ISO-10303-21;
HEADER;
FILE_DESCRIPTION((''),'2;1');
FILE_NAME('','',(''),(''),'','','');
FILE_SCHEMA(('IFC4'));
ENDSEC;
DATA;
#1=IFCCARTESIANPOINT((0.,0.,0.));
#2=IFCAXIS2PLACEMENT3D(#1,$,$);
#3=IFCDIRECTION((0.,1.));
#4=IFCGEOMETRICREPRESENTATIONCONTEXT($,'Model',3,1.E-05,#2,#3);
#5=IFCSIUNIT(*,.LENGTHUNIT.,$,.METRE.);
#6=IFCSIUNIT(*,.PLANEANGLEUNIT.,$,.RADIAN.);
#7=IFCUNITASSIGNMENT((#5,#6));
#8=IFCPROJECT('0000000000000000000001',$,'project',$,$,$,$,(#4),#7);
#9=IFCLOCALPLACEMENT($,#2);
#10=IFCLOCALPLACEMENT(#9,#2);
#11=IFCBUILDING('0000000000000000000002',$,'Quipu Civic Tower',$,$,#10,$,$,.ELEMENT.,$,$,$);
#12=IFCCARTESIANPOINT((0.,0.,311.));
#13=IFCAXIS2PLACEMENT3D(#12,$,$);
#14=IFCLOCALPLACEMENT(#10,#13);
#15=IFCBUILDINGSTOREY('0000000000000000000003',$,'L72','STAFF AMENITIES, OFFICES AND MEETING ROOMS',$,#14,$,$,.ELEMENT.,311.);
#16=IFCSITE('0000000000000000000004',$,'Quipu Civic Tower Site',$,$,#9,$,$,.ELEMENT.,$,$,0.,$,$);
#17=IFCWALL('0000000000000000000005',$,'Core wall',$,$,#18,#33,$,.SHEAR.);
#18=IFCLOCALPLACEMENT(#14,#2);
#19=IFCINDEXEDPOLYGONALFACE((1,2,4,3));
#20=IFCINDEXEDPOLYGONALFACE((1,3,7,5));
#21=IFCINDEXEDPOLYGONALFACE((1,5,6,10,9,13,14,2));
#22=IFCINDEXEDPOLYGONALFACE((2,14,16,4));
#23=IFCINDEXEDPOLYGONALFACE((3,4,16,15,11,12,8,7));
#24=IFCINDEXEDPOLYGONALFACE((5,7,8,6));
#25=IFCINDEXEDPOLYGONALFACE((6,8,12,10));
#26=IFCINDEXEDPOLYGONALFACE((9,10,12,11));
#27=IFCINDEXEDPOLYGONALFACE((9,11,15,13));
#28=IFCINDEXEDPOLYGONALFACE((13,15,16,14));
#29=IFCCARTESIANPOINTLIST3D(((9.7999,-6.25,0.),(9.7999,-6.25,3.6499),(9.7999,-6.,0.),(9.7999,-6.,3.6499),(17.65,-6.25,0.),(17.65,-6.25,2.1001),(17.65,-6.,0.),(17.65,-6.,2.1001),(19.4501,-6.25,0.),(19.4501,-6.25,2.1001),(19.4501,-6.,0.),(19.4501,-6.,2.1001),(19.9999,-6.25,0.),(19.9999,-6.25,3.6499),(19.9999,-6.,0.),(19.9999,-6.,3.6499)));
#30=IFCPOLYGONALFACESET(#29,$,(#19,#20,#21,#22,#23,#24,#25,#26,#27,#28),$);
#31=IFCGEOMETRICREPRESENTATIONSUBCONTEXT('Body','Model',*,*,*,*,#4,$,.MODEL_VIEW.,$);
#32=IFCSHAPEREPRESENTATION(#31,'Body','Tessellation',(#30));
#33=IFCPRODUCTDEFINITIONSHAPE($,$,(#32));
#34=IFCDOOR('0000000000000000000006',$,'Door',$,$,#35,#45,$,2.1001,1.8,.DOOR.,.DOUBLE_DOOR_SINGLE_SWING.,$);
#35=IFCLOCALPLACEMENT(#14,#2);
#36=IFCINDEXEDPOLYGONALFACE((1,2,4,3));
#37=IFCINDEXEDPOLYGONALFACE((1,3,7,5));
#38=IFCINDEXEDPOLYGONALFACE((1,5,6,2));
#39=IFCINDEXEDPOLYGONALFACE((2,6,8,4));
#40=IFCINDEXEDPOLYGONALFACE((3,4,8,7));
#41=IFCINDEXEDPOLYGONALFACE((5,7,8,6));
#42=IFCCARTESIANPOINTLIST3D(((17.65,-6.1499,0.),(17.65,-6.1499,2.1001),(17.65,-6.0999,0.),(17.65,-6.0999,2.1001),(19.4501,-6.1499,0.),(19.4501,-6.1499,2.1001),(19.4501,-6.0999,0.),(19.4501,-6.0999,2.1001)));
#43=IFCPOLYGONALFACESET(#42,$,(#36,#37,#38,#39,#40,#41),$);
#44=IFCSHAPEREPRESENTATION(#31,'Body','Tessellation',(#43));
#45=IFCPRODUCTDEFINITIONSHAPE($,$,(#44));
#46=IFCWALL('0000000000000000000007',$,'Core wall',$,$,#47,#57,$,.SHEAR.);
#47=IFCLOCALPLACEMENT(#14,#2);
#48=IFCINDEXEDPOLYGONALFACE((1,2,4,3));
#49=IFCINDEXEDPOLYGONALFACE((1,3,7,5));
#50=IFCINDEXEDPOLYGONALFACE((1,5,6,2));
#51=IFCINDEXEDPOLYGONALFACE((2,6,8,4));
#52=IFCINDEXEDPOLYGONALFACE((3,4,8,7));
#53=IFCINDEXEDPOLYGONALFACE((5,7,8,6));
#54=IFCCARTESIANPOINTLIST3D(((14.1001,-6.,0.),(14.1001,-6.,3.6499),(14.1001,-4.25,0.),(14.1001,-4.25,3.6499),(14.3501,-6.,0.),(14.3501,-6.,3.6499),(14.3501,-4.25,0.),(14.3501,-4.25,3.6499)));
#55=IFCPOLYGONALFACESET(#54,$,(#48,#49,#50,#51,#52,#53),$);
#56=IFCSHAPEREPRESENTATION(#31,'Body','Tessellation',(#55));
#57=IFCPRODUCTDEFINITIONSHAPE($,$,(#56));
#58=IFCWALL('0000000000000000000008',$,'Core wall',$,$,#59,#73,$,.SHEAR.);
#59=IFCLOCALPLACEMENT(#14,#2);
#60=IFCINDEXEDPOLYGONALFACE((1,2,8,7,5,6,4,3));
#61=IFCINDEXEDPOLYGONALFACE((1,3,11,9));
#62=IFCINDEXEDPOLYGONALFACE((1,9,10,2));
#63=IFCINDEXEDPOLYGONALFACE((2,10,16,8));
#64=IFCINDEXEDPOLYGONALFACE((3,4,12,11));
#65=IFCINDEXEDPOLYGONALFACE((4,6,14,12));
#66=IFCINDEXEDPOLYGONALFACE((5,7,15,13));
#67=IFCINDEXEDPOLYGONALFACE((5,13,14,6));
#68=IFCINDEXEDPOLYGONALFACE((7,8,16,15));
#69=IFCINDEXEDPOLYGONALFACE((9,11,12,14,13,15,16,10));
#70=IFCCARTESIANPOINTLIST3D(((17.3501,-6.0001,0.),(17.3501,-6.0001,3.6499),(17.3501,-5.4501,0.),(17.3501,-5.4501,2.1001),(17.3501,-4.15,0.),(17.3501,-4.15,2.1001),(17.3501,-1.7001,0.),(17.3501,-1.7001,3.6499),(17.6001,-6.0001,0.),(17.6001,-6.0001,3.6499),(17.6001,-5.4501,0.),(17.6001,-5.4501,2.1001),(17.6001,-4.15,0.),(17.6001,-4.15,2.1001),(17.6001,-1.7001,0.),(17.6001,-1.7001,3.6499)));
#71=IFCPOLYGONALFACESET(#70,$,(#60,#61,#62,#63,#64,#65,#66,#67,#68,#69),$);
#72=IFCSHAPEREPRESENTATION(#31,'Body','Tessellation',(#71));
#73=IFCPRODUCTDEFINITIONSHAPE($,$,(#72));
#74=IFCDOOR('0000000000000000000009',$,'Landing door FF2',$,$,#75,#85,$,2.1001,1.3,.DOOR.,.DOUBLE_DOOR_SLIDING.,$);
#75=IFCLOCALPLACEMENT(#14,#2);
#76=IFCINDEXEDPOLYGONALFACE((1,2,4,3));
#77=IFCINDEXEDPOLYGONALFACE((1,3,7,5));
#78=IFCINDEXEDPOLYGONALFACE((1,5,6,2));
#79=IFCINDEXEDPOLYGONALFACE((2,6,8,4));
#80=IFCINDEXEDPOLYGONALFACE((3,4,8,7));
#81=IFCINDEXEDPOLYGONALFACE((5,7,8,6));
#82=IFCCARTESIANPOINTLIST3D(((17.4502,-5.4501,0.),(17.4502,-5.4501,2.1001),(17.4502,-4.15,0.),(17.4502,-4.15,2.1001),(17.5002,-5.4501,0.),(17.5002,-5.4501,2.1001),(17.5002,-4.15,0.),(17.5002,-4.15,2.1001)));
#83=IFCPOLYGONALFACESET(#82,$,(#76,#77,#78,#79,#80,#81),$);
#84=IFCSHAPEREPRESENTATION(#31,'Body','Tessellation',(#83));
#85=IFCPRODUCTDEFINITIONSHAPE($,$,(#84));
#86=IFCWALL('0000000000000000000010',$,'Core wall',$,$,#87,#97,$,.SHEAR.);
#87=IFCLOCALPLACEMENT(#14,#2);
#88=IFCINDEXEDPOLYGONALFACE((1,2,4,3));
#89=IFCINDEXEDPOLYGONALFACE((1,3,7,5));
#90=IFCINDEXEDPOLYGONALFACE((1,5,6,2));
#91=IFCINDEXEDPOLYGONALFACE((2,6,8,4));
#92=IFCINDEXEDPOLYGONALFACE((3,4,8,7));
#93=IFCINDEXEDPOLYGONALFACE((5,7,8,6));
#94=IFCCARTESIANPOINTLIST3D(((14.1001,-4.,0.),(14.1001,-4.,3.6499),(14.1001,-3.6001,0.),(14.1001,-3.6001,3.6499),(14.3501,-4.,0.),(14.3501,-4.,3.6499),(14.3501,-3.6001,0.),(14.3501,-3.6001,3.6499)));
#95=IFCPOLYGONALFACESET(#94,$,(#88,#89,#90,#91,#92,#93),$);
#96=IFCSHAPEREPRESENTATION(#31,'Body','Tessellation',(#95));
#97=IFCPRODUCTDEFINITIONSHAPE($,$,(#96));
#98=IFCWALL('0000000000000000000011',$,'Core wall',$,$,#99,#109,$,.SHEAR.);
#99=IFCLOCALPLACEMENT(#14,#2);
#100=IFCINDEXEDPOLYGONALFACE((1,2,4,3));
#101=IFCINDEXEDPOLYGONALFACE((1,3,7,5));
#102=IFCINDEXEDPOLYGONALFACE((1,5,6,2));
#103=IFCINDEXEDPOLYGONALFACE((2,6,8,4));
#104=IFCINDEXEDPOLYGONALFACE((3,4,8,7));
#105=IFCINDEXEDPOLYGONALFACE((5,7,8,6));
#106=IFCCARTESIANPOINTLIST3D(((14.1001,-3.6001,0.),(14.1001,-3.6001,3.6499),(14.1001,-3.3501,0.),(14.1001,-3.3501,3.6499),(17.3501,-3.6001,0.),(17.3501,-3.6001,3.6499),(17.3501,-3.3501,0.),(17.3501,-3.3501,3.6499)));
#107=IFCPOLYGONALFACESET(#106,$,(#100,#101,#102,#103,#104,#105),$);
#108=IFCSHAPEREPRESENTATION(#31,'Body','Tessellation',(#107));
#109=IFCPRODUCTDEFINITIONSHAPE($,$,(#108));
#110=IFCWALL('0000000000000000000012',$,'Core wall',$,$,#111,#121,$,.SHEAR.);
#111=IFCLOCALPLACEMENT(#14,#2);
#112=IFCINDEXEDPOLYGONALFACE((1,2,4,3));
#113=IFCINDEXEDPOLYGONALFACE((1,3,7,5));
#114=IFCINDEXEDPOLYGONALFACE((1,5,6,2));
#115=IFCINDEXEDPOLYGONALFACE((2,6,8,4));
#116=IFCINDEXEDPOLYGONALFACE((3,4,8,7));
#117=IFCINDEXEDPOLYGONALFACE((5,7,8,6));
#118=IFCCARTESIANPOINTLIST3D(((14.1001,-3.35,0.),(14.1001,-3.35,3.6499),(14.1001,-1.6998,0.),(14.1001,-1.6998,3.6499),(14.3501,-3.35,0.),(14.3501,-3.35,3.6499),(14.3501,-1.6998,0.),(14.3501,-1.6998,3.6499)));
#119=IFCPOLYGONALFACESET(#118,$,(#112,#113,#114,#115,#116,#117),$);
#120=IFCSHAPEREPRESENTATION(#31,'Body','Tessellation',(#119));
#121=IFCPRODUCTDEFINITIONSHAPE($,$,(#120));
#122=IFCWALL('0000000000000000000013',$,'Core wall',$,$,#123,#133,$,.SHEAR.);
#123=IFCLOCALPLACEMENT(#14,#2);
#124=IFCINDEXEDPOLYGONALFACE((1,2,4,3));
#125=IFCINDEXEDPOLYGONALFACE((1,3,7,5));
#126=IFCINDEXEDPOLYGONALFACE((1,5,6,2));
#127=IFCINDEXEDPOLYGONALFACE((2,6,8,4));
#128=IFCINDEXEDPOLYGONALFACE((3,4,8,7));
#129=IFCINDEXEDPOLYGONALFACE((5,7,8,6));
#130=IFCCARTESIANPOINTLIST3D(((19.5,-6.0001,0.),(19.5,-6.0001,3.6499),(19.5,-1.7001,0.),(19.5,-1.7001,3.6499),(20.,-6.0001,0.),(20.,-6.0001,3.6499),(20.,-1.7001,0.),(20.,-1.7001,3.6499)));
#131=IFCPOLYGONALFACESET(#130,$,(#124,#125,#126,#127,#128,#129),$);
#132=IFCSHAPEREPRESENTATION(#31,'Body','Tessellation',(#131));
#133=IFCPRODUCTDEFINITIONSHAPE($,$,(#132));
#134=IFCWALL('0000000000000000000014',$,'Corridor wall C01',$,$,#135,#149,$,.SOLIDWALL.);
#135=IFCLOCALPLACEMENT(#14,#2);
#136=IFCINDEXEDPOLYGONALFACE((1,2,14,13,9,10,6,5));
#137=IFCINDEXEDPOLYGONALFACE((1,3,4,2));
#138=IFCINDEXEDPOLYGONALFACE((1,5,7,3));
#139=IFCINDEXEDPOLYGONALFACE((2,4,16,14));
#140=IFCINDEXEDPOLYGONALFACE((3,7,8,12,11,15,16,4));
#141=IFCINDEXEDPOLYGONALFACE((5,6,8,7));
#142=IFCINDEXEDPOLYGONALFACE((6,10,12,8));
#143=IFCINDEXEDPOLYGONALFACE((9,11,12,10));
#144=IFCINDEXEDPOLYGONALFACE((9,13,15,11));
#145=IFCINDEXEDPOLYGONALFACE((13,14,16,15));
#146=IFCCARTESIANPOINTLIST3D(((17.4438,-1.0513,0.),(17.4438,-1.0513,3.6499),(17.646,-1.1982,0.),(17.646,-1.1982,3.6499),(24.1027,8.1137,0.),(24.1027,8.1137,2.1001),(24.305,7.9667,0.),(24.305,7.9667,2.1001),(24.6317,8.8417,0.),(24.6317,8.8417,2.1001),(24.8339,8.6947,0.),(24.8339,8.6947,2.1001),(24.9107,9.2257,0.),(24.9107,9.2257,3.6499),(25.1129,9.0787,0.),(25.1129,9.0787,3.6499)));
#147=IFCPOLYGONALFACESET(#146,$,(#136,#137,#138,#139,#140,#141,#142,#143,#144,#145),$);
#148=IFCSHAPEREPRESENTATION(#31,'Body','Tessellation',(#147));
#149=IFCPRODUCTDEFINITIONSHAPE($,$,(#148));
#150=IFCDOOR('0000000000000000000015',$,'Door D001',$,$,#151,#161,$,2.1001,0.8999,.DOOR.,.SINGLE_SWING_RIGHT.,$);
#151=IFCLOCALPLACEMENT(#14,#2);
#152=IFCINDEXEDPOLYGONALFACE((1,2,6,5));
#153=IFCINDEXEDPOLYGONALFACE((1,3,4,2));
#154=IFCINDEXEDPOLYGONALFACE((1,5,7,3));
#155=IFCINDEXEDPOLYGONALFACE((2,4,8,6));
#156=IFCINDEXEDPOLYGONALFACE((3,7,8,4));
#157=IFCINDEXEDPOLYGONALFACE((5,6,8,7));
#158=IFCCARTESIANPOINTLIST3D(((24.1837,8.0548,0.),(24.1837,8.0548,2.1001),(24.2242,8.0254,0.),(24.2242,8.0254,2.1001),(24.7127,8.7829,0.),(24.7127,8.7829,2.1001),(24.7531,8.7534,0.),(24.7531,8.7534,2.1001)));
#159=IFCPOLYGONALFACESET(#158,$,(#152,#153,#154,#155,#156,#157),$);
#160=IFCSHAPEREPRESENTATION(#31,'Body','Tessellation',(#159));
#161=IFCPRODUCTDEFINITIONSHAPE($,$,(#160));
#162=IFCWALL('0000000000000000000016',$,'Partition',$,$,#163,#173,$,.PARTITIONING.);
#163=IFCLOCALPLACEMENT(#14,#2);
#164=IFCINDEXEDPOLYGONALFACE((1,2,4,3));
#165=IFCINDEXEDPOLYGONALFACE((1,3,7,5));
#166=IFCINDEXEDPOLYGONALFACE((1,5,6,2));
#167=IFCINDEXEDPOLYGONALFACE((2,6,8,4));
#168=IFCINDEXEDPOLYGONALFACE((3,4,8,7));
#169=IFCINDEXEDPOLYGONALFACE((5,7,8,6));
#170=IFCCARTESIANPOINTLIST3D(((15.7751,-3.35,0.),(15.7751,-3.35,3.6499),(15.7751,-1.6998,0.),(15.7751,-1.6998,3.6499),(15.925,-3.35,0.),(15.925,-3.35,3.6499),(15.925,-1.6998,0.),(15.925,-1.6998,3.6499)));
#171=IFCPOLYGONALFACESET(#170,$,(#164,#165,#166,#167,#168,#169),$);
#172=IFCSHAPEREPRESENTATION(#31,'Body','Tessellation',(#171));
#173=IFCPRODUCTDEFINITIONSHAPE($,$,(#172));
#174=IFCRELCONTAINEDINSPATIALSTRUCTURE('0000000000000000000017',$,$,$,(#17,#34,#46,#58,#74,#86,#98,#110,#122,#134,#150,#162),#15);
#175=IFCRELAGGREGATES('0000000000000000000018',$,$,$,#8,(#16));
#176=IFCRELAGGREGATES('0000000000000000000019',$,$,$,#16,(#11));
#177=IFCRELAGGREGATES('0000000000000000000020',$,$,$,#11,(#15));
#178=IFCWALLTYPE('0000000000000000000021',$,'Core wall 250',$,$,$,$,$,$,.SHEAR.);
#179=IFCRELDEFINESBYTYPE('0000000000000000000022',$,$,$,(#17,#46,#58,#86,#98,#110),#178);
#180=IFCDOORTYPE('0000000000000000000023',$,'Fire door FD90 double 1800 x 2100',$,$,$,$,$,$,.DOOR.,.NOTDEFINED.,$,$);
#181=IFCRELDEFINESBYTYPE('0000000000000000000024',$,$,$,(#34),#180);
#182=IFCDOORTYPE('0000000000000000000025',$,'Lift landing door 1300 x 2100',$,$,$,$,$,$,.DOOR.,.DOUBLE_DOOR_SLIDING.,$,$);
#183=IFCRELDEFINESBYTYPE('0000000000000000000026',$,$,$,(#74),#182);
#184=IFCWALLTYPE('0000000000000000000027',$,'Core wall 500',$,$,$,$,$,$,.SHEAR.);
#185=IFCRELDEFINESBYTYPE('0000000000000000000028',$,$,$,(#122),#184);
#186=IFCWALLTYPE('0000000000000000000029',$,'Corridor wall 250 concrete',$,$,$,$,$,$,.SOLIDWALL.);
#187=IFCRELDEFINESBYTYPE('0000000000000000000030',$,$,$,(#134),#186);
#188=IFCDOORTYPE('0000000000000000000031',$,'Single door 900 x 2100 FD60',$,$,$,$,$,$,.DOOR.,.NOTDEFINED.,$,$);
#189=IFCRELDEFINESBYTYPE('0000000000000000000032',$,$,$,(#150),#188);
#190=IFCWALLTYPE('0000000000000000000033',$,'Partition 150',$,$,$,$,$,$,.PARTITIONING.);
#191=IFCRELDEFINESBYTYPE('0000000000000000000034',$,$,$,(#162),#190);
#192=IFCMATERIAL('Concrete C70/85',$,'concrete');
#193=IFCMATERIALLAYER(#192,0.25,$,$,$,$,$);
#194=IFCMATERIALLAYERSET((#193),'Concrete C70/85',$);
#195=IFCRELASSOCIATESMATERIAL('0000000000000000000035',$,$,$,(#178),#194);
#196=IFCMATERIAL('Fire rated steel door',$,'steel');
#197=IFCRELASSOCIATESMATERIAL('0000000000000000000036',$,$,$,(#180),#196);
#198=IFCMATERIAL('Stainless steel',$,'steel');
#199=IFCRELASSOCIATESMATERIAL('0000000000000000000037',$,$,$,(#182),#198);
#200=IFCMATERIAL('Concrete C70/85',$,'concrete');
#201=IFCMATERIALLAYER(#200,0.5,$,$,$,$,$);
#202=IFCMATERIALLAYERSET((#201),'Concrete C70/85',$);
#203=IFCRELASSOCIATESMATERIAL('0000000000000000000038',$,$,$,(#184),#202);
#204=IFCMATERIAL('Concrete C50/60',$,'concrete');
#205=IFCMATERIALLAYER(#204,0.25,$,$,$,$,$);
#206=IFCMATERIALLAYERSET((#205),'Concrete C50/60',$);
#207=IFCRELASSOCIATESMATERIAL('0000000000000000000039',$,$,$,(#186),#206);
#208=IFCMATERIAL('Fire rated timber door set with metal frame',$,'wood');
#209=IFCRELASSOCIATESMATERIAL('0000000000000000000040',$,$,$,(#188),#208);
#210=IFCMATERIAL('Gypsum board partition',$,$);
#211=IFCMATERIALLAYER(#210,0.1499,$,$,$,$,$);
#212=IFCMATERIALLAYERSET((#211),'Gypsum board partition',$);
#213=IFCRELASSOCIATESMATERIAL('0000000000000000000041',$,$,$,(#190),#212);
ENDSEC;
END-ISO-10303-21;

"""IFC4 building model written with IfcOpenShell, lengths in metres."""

from ifc_helpers import new_model, si_unit, direction, frame, frame_2d, origin, place, context, subcontext, project, spatial, rectangle, extrude, material, layer, layer_set, type_object, element, fill, save


model = new_model("IFC4")

# Units and contexts
model_context = context("Model", 3, precision=1e-05, world=origin(), true_north=direction((0.0, 1.0)))
body_context = subcontext(model_context, "Body", "Model", "MODEL_VIEW")
ifc_project = project(units=[si_unit("LENGTHUNIT", "METRE"), si_unit("PLANEANGLEUNIT", "RADIAN")], contexts=[model_context])

# Site, building, storey
site_placement = place(None, origin())
site = spatial("IfcSite", under=ifc_project, at=site_placement, Name="Quipu Civic Tower Site", CompositionType="ELEMENT", RefElevation=0.0)
building_placement = place(site_placement, origin())
building = spatial("IfcBuilding", under=site, at=building_placement, Name="Quipu Civic Tower", CompositionType="ELEMENT")
storey_placement = place(building_placement, frame((0.0, 0.0, 311.0)))
storey = spatial("IfcBuildingStorey", under=building, at=storey_placement, Name="L72", Description="STAFF AMENITIES, OFFICES AND MEETING ROOMS", CompositionType="ELEMENT", Elevation=311.0)

# Wall, opening, door
ifc_material_1 = material(Name="Concrete C70/85", Category="concrete")
ifc_layer_1 = layer(ifc_material_1, 0.25)
ifc_layer_set_1 = layer_set([ifc_layer_1], Name="Concrete C70/85")
wall_type_1 = type_object("IfcWallType", Name="Core wall 250", PredefinedType="SHEAR", material=ifc_layer_set_1)
wall_1_placement = place(storey_placement, frame((20.0, -6.125, 0.0), z_axis=(0.0, 0.0, 1.0), x_axis=(-1.0, 0.0, 0.0)))
wall_1 = element("IfcWall", 1, at=wall_1_placement, inside=storey, type_object=wall_type_1, Name="Core wall", PredefinedType="SHEAR", context=body_context, shape_type="SweptSolid", body=[
    extrude(rectangle(XDim=10.2, YDim=0.25, at=frame_2d((5.1001, 0.0))), origin(), (0.0, 0.0, 1.0), 3.6499),
])
opening_1_placement = place(wall_1_placement, frame((0.55, 0.0, 0.0)))
opening_1 = element("IfcOpeningElement", 2, at=opening_1_placement, cuts=wall_1, PredefinedType="OPENING", context=body_context, shape_type="SweptSolid", body=[
    extrude(rectangle(XDim=1.8, YDim=2.1001, at=frame_2d((0.8999, 1.05))), frame((0.0, 0.135, 0.0), z_axis=(0.0, -1.0, 0.0), x_axis=(1.0, 0.0, 0.0)), (0.0, 0.0, 1.0), 0.27),
])
ifc_material_2 = material(Name="Fire rated steel door", Category="steel")
door_type_1 = type_object("IfcDoorType", Name="Fire door FD90 double 1800 x 2100", OperationType="NOTDEFINED", PredefinedType="DOOR", material=ifc_material_2)
door_1_placement = place(opening_1_placement, origin())
door_1 = element("IfcDoor", 3, at=door_1_placement, inside=storey, type_object=door_type_1, Name="Door", OperationType="DOUBLE_DOOR_SINGLE_SWING", OverallHeight=2.1001, OverallWidth=1.8, PredefinedType="DOOR", context=body_context, shape_type="SweptSolid", body=[
    extrude(rectangle(XDim=1.8, YDim=2.1001, at=frame_2d((0.8999, 1.05))), frame((0.0, 0.0249, 0.0), z_axis=(0.0, -1.0, 0.0), x_axis=(1.0, 0.0, 0.0)), (0.0, 0.0, 1.0), 0.05),
])
fill(opening_1, door_1)

# Wall
wall_2_placement = place(storey_placement, frame((14.2251, -6.0, 0.0), z_axis=(0.0, 0.0, 1.0), x_axis=(0.0, 1.0, 0.0)))
element("IfcWall", 4, at=wall_2_placement, inside=storey, type_object=wall_type_1, Name="Core wall", PredefinedType="SHEAR", context=body_context, shape_type="SweptSolid", body=[
    extrude(rectangle(XDim=1.75, YDim=0.25, at=frame_2d((0.875, 0.0))), origin(), (0.0, 0.0, 1.0), 3.6499),
])

# Wall, opening, door
wall_3_placement = place(storey_placement, frame((17.4751, -6.0, 0.0), z_axis=(0.0, 0.0, 1.0), x_axis=(0.0, 1.0, 0.0)))
wall_3 = element("IfcWall", 5, at=wall_3_placement, inside=storey, type_object=wall_type_1, Name="Core wall", PredefinedType="SHEAR", context=body_context, shape_type="SweptSolid", body=[
    extrude(rectangle(XDim=4.3, YDim=0.25, at=frame_2d((2.1499, 0.0))), origin(), (0.0, 0.0, 1.0), 3.6499),
])
opening_2_placement = place(wall_3_placement, frame((0.55, 0.0, 0.0)))
opening_2 = element("IfcOpeningElement", 6, at=opening_2_placement, cuts=wall_3, PredefinedType="OPENING", context=body_context, shape_type="SweptSolid", body=[
    extrude(rectangle(XDim=1.3, YDim=2.1001, at=frame_2d((0.6499, 1.05))), frame((0.0, 0.135, 0.0), z_axis=(0.0, -1.0, 0.0), x_axis=(1.0, 0.0, 0.0)), (0.0, 0.0, 1.0), 0.27),
])
ifc_material_3 = material(Name="Stainless steel", Category="steel")
door_type_2 = type_object("IfcDoorType", Name="Lift landing door 1300 x 2100", OperationType="DOUBLE_DOOR_SLIDING", PredefinedType="DOOR", material=ifc_material_3)
door_2_placement = place(opening_2_placement, origin())
door_2 = element("IfcDoor", 7, at=door_2_placement, inside=storey, type_object=door_type_2, Name="Landing door FF2", OperationType="DOUBLE_DOOR_SLIDING", OverallHeight=2.1001, OverallWidth=1.3, PredefinedType="DOOR", context=body_context, shape_type="SweptSolid", body=[
    extrude(rectangle(XDim=1.3, YDim=2.1001, at=frame_2d((0.6499, 1.05))), frame((0.0, 0.0249, 0.0), z_axis=(0.0, -1.0, 0.0), x_axis=(1.0, 0.0, 0.0)), (0.0, 0.0, 1.0), 0.05),
])
fill(opening_2, door_2)

# Walls
wall_4_placement = place(storey_placement, frame((14.2251, -4.0, 0.0), z_axis=(0.0, 0.0, 1.0), x_axis=(0.0, 1.0, 0.0)))
element("IfcWall", 8, at=wall_4_placement, inside=storey, type_object=wall_type_1, Name="Core wall", PredefinedType="SHEAR", context=body_context, shape_type="SweptSolid", body=[
    extrude(rectangle(XDim=0.3999, YDim=0.25, at=frame_2d((0.2, 0.0))), origin(), (0.0, 0.0, 1.0), 3.6499),
])
wall_5_placement = place(storey_placement, frame((14.1001, -3.4751, 0.0), z_axis=(0.0, 0.0, 1.0), x_axis=(1.0, 0.0, 0.0)))
element("IfcWall", 9, at=wall_5_placement, inside=storey, type_object=wall_type_1, Name="Core wall", PredefinedType="SHEAR", context=body_context, shape_type="SweptSolid", body=[
    extrude(rectangle(XDim=3.25, YDim=0.25, at=frame_2d((1.625, 0.0))), origin(), (0.0, 0.0, 1.0), 3.6499),
])
wall_6_placement = place(storey_placement, frame((14.2251, -3.3501, 0.0), z_axis=(0.0, 0.0, 1.0), x_axis=(0.0, 1.0, 0.0)))
element("IfcWall", 10, at=wall_6_placement, inside=storey, type_object=wall_type_1, Name="Core wall", PredefinedType="SHEAR", context=body_context, shape_type="SweptSolid", body=[
    extrude(rectangle(XDim=1.6501, YDim=0.25, at=frame_2d((0.8252, 0.0))), origin(), (0.0, 0.0, 1.0), 3.6499),
])
ifc_material_4 = material(Name="Concrete C70/85", Category="concrete")
ifc_layer_2 = layer(ifc_material_4, 0.5)
ifc_layer_set_2 = layer_set([ifc_layer_2], Name="Concrete C70/85")
wall_type_2 = type_object("IfcWallType", Name="Core wall 500", PredefinedType="SHEAR", material=ifc_layer_set_2)
wall_7_placement = place(storey_placement, frame((19.75, -6.0, 0.0), z_axis=(0.0, 0.0, 1.0), x_axis=(0.0, 1.0, 0.0)))
element("IfcWall", 11, at=wall_7_placement, inside=storey, type_object=wall_type_2, Name="Core wall", PredefinedType="SHEAR", context=body_context, shape_type="SweptSolid", body=[
    extrude(rectangle(XDim=4.3, YDim=0.5, at=frame_2d((2.1499, 0.0))), origin(), (0.0, 0.0, 1.0), 3.6499),
])

# Wall, opening, door
ifc_material_5 = material(Name="Concrete C50/60", Category="concrete")
ifc_layer_3 = layer(ifc_material_5, 0.25)
ifc_layer_set_3 = layer_set([ifc_layer_3], Name="Concrete C50/60")
wall_type_3 = type_object("IfcWallType", Name="Corridor wall 250 concrete", PredefinedType="SOLIDWALL", material=ifc_layer_set_3)
wall_8_placement = place(storey_placement, frame((17.5449, -1.1248, 0.0), z_axis=(0.0, 0.0, 1.0), x_axis=(0.587797, 0.809009, 0.0)))
wall_8 = element("IfcWall", 12, at=wall_8_placement, inside=storey, type_object=wall_type_3, Name="Corridor wall C01", PredefinedType="SOLIDWALL", context=body_context, shape_type="SweptSolid", body=[
    extrude(rectangle(XDim=12.7031, YDim=0.25, at=frame_2d((6.3516, 0.0))), origin(), (0.0, 0.0, 1.0), 3.6499),
])
opening_3_placement = place(wall_8_placement, frame((11.3286, 0.0, 0.0)))
opening_3 = element("IfcOpeningElement", 13, at=opening_3_placement, cuts=wall_8, PredefinedType="OPENING", context=body_context, shape_type="SweptSolid", body=[
    extrude(rectangle(XDim=0.8999, YDim=2.1001, at=frame_2d((0.45, 1.05))), frame((0.0, 0.135, 0.0), z_axis=(0.0, -1.0, 0.0), x_axis=(1.0, 0.0, 0.0)), (0.0, 0.0, 1.0), 0.27),
])
ifc_material_6 = material(Name="Fire rated timber door set with metal frame", Category="wood")
door_type_3 = type_object("IfcDoorType", Name="Single door 900 x 2100 FD60", OperationType="NOTDEFINED", PredefinedType="DOOR", material=ifc_material_6)
door_3_placement = place(opening_3_placement, origin())
door_3 = element("IfcDoor", 14, at=door_3_placement, inside=storey, type_object=door_type_3, Name="Door D001", OperationType="SINGLE_SWING_RIGHT", OverallHeight=2.1001, OverallWidth=0.8999, PredefinedType="DOOR", context=body_context, shape_type="SweptSolid", body=[
    extrude(rectangle(XDim=0.8999, YDim=2.1001, at=frame_2d((0.45, 1.05))), frame((0.0, 0.0249, 0.0), z_axis=(0.0, -1.0, 0.0), x_axis=(1.0, 0.0, 0.0)), (0.0, 0.0, 1.0), 0.05),
])
fill(opening_3, door_3)

# Wall
ifc_material_7 = material(Name="Gypsum board partition")
ifc_layer_4 = layer(ifc_material_7, 0.1499)
ifc_layer_set_4 = layer_set([ifc_layer_4], Name="Gypsum board partition")
wall_type_4 = type_object("IfcWallType", Name="Partition 150", PredefinedType="PARTITIONING", material=ifc_layer_set_4)
wall_9_placement = place(storey_placement, frame((15.8501, -3.3501, 0.0), z_axis=(0.0, 0.0, 1.0), x_axis=(0.0, 1.0, 0.0)))
element("IfcWall", 15, at=wall_9_placement, inside=storey, type_object=wall_type_4, Name="Partition", PredefinedType="PARTITIONING", context=body_context, shape_type="SweptSolid", body=[
    extrude(rectangle(XDim=1.6501, YDim=0.1499, at=frame_2d((0.8252, 0.0))), origin(), (0.0, 0.0, 1.0), 3.6499),
])

save(model, "model.ifc")
